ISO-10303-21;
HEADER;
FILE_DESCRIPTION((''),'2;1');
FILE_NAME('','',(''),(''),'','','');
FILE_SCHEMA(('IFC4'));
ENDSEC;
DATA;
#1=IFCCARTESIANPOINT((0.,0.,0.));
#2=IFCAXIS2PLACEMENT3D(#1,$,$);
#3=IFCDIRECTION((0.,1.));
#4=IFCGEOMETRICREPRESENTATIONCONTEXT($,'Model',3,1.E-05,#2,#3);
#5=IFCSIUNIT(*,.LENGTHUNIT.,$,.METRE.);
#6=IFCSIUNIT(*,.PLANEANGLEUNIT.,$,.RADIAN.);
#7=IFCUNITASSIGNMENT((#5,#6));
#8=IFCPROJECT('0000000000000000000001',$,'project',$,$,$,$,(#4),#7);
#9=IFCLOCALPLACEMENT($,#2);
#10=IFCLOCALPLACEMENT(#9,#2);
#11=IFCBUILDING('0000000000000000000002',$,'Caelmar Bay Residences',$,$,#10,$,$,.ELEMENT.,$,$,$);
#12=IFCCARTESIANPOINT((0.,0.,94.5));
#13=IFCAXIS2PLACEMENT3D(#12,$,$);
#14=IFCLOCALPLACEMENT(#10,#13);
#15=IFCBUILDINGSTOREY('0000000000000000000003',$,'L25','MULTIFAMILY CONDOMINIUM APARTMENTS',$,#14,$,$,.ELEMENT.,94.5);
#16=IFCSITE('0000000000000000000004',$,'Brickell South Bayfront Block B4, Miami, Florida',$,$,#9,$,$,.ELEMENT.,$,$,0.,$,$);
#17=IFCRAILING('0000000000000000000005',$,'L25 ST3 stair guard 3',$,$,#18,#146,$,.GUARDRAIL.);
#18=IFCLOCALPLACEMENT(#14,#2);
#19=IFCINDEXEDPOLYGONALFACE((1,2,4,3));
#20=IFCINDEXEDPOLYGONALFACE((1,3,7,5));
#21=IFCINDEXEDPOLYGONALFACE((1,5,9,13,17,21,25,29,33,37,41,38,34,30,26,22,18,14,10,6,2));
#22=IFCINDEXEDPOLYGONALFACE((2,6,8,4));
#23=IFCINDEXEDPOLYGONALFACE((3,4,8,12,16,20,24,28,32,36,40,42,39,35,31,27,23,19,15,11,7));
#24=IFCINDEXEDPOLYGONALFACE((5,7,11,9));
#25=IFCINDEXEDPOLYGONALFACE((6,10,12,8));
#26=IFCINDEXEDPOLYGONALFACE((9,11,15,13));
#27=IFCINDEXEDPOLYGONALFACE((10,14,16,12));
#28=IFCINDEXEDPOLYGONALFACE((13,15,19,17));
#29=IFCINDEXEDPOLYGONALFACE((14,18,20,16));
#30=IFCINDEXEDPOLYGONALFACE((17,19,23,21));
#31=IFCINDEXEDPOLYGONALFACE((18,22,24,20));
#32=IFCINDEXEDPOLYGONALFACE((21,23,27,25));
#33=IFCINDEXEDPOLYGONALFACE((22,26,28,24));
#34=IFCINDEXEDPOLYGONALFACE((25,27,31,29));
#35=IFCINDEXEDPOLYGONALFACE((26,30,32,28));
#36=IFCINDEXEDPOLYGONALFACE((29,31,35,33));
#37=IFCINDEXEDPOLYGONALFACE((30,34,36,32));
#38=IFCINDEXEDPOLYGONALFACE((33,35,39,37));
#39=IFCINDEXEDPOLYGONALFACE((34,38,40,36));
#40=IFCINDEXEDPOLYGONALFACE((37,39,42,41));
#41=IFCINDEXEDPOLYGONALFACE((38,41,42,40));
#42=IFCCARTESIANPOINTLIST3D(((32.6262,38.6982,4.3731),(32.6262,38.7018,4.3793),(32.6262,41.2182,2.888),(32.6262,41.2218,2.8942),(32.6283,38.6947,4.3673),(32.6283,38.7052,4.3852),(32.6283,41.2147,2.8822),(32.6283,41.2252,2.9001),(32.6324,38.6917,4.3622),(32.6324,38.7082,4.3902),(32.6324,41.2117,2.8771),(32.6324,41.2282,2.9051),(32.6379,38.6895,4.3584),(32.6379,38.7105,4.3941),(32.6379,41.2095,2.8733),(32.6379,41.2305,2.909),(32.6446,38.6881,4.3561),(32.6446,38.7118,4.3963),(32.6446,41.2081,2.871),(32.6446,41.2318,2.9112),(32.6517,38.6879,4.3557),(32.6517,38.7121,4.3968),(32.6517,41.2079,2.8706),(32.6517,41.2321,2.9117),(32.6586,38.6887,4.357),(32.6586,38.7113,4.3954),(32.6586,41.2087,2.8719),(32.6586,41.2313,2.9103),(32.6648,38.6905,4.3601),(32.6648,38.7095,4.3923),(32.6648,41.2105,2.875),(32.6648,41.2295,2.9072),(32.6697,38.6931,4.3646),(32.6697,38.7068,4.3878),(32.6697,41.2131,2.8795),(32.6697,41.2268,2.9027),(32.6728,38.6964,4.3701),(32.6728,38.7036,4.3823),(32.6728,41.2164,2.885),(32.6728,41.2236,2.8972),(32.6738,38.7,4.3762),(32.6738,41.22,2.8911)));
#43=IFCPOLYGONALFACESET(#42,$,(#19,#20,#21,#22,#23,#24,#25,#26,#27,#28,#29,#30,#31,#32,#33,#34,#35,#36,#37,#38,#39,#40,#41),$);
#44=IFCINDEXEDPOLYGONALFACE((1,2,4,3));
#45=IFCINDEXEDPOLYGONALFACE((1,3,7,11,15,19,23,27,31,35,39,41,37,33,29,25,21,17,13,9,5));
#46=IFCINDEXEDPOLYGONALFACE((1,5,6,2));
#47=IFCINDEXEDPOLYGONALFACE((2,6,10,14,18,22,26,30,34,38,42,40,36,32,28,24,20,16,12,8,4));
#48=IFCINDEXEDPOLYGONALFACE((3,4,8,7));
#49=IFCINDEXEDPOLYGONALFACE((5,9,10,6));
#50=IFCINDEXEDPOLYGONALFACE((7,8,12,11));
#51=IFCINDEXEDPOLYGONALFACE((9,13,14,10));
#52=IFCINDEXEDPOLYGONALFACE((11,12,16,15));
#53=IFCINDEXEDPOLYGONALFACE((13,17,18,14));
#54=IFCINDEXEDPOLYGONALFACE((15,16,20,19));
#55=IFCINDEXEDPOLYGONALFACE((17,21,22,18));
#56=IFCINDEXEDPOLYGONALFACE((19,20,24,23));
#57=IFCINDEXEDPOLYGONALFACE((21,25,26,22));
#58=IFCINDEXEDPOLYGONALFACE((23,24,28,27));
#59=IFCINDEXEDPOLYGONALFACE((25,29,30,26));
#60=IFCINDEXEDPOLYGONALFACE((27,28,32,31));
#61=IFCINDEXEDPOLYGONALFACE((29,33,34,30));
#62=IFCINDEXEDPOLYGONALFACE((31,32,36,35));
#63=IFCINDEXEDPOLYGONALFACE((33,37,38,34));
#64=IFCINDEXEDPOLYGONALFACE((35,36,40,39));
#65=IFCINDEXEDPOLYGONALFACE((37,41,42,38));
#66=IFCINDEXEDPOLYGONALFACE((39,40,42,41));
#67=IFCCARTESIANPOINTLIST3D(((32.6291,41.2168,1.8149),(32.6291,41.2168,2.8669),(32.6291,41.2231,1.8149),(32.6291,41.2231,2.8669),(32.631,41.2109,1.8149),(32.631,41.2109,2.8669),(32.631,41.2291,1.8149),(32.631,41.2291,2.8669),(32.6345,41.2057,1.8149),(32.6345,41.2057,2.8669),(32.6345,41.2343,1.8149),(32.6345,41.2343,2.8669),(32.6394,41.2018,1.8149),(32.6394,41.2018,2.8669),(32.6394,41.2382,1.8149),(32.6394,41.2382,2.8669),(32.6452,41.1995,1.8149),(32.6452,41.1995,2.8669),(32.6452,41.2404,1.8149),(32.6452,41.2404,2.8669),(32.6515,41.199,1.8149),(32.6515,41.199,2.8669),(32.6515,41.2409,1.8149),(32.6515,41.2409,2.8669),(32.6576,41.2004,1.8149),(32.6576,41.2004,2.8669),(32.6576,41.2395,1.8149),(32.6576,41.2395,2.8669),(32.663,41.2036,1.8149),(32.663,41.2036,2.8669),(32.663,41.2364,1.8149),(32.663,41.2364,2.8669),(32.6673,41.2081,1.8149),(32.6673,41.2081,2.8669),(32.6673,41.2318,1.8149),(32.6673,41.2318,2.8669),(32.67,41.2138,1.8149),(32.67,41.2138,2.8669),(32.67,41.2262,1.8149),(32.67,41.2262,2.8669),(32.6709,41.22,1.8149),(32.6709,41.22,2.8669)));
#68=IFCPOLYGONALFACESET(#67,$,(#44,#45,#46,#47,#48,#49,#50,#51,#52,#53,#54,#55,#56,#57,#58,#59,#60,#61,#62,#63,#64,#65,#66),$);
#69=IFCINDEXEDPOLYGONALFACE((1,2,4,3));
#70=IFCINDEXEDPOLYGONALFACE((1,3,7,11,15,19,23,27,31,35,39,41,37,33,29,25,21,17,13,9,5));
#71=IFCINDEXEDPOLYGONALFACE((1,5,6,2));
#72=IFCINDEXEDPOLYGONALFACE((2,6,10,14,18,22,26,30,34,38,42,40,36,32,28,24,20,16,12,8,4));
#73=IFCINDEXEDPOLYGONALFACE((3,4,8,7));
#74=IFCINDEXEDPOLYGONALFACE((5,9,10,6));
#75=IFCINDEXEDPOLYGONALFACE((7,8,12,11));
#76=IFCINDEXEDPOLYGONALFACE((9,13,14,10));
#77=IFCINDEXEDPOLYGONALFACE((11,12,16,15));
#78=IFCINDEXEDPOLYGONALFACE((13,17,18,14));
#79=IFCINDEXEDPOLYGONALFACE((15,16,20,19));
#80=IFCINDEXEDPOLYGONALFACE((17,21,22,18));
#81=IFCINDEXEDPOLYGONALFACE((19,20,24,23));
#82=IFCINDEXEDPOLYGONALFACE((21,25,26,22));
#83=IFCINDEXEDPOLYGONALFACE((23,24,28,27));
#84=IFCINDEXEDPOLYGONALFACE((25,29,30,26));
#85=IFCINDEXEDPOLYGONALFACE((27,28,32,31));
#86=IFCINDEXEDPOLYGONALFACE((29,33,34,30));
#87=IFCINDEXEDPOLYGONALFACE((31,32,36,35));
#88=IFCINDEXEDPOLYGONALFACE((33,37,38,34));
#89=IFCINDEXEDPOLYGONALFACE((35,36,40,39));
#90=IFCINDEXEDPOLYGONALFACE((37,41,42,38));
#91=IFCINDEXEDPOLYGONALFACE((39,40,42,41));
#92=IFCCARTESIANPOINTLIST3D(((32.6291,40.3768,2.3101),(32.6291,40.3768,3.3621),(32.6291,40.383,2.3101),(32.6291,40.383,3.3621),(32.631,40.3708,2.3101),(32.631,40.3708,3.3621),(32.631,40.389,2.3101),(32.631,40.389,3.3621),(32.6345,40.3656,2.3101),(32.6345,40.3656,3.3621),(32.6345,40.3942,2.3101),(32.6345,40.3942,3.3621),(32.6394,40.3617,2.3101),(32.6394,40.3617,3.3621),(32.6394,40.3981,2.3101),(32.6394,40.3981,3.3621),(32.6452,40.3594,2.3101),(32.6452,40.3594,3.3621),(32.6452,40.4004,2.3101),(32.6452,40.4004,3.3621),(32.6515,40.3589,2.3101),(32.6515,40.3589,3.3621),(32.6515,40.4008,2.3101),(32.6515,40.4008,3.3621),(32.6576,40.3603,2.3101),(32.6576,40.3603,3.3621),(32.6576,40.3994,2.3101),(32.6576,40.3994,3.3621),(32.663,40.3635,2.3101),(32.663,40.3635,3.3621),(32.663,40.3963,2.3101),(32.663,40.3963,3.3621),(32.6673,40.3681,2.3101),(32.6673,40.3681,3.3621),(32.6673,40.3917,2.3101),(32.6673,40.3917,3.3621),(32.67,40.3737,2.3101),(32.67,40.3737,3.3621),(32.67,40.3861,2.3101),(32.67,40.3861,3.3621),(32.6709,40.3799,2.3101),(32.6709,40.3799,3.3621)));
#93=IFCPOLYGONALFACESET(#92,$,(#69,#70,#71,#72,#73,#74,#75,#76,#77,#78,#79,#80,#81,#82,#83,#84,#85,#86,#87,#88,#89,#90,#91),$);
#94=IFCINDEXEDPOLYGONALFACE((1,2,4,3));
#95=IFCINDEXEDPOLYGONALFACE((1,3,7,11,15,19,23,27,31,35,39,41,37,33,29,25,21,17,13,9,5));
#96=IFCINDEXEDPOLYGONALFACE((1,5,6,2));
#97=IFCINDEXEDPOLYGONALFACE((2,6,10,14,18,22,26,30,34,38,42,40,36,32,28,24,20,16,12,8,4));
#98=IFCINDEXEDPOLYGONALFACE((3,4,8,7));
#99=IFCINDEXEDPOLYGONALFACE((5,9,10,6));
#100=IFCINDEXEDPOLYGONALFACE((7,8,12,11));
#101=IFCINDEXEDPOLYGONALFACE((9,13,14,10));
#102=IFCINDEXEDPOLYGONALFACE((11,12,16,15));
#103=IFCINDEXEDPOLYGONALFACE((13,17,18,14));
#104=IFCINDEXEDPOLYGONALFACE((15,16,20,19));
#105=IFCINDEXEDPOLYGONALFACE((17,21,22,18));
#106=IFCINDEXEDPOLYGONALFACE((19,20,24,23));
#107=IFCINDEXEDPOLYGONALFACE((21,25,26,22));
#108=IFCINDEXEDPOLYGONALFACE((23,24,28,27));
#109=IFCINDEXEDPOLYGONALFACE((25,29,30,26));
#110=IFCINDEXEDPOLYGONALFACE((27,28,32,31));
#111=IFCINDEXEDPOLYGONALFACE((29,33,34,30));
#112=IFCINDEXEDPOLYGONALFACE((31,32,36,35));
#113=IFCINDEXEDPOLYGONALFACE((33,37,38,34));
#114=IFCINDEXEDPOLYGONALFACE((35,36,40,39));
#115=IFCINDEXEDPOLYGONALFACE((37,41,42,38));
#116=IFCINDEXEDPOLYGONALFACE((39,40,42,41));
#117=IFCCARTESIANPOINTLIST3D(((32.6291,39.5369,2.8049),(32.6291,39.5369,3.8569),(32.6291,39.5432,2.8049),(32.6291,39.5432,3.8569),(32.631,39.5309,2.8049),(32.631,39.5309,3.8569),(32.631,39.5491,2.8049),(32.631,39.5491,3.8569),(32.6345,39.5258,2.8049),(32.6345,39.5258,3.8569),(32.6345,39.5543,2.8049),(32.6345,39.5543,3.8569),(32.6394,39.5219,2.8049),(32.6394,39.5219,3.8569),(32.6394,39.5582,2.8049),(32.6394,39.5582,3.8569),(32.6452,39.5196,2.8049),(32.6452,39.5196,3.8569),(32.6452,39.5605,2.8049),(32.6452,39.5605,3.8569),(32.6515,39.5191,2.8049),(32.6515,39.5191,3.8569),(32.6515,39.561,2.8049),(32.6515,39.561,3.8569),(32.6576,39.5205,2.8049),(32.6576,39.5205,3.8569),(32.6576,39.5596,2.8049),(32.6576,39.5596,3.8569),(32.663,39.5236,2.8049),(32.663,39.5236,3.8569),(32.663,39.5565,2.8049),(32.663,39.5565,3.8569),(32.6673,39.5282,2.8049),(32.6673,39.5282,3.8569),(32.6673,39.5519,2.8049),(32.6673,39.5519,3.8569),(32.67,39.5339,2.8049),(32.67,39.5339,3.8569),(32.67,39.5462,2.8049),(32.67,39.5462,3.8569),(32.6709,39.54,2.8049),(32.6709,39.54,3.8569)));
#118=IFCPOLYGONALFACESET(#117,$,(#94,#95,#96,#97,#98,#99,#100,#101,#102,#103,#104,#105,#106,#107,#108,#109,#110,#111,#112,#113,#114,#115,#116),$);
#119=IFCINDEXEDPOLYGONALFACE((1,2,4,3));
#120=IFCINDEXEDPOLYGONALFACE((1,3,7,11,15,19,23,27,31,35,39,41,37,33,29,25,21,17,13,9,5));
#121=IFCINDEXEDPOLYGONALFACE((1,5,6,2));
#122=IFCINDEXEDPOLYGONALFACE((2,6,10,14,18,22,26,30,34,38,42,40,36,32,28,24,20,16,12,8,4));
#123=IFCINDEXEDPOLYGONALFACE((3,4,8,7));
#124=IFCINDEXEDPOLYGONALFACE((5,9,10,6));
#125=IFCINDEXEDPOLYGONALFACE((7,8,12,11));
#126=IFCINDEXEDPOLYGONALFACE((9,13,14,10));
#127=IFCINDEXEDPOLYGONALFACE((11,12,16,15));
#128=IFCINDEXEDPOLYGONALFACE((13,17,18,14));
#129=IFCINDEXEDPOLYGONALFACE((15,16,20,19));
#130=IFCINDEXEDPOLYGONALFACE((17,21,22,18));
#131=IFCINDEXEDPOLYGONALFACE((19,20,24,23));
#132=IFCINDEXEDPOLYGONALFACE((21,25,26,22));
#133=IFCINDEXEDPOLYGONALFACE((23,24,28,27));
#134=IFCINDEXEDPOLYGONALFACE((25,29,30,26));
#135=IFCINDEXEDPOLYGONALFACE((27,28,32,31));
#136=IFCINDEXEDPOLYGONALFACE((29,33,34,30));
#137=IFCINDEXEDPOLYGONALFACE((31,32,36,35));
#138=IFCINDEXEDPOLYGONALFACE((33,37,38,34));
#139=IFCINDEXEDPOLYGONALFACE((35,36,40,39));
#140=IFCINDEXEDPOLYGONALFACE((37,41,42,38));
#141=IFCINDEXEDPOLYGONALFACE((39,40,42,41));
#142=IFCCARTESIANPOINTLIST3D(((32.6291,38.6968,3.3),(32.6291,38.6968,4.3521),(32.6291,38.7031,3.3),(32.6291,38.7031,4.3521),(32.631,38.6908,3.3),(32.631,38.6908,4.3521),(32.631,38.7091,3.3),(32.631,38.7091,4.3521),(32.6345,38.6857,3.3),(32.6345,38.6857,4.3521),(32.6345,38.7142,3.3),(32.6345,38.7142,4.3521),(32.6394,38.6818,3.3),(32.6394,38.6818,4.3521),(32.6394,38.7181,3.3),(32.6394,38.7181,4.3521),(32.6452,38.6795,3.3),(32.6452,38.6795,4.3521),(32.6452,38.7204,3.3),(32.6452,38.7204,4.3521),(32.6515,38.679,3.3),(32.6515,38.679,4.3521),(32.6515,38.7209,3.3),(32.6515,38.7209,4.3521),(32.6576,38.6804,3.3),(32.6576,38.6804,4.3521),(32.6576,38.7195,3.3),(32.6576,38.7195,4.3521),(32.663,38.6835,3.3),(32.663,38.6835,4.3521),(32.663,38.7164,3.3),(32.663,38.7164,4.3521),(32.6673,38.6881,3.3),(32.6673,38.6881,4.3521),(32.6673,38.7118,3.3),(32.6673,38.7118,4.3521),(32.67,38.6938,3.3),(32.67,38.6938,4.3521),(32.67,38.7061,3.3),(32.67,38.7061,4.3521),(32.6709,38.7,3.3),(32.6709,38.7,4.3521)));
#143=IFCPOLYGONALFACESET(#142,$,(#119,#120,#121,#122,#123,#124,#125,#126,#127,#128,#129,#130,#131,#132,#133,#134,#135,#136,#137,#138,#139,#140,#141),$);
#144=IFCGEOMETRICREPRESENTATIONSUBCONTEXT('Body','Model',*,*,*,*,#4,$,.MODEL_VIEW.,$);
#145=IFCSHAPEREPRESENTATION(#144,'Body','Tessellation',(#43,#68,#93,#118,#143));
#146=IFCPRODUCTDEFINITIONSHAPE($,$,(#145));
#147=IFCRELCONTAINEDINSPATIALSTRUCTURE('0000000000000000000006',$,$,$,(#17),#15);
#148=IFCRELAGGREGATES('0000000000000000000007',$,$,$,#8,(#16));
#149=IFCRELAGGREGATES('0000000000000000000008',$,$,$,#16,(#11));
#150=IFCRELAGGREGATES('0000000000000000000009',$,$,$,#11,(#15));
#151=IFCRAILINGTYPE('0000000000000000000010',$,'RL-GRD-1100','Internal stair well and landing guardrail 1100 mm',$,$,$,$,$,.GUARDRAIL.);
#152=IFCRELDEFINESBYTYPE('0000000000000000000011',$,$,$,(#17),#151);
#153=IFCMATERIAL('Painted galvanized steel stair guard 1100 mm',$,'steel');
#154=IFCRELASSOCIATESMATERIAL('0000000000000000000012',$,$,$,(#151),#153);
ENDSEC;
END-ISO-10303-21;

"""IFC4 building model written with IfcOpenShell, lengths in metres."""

from ifc_helpers import new_model, si_unit, direction, frame, origin, origin_2d, place, context, subcontext, project, spatial, circle, extrude, material, type_object, element, save


model = new_model("IFC4")

# Units and contexts
model_context = context("Model", 3, precision=1e-05, world=origin(), true_north=direction((0.0, 1.0)))
body_context = subcontext(model_context, "Body", "Model", "MODEL_VIEW")
ifc_project = project(units=[si_unit("LENGTHUNIT", "METRE"), si_unit("PLANEANGLEUNIT", "RADIAN")], contexts=[model_context])

# Site, building, storey
site_placement = place(None, origin())
site = spatial("IfcSite", under=ifc_project, at=site_placement, Name="Brickell South Bayfront Block B4, Miami, Florida", CompositionType="ELEMENT", RefElevation=0.0)
building_placement = place(site_placement, origin())
building = spatial("IfcBuilding", under=site, at=building_placement, Name="Caelmar Bay Residences", CompositionType="ELEMENT")
storey_placement = place(building_placement, frame((0.0, 0.0, 94.5)))
storey = spatial("IfcBuildingStorey", under=building, at=storey_placement, Name="L25", Description="MULTIFAMILY CONDOMINIUM APARTMENTS", CompositionType="ELEMENT", Elevation=94.5)

# Railing
ifc_material_1 = material(Name="Painted galvanized steel stair guard 1100 mm", Category="steel")
railing_type_1 = type_object("IfcRailingType", Name="RL-GRD-1100", Description="Internal stair well and landing guardrail 1100 mm", PredefinedType="GUARDRAIL", material=ifc_material_1)
railing_1_placement = place(storey_placement, frame((32.6499, 41.22, 1.8149)))
element("IfcRailing", 1, at=railing_1_placement, inside=storey, type_object=railing_type_1, Name="L25 ST3 stair guard 3", PredefinedType="GUARDRAIL", context=body_context, shape_type="SweptSolid", body=[
    extrude(circle(Radius=0.0239, at=origin_2d()), frame((0.0, 0.0, 1.0762), z_axis=(0.0, -0.861524, 0.507717), x_axis=(1.0, 0.0, 0.0)), (0.0, 0.0, 1.0), 2.925),
    extrude(circle(Radius=0.021, at=origin_2d()), origin(), (0.0, 0.0, 1.0), 1.052),
    extrude(circle(Radius=0.021, at=origin_2d()), frame((0.0, -0.8401, 0.4951)), (0.0, 0.0, 1.0), 1.052),
    extrude(circle(Radius=0.021, at=origin_2d()), frame((0.0, -1.6799, 0.99)), (0.0, 0.0, 1.0), 1.052),
    extrude(circle(Radius=0.021, at=origin_2d()), frame((0.0, -2.52, 1.4851)), (0.0, 0.0, 1.0), 1.052),
])

save(model, "model.ifc")
